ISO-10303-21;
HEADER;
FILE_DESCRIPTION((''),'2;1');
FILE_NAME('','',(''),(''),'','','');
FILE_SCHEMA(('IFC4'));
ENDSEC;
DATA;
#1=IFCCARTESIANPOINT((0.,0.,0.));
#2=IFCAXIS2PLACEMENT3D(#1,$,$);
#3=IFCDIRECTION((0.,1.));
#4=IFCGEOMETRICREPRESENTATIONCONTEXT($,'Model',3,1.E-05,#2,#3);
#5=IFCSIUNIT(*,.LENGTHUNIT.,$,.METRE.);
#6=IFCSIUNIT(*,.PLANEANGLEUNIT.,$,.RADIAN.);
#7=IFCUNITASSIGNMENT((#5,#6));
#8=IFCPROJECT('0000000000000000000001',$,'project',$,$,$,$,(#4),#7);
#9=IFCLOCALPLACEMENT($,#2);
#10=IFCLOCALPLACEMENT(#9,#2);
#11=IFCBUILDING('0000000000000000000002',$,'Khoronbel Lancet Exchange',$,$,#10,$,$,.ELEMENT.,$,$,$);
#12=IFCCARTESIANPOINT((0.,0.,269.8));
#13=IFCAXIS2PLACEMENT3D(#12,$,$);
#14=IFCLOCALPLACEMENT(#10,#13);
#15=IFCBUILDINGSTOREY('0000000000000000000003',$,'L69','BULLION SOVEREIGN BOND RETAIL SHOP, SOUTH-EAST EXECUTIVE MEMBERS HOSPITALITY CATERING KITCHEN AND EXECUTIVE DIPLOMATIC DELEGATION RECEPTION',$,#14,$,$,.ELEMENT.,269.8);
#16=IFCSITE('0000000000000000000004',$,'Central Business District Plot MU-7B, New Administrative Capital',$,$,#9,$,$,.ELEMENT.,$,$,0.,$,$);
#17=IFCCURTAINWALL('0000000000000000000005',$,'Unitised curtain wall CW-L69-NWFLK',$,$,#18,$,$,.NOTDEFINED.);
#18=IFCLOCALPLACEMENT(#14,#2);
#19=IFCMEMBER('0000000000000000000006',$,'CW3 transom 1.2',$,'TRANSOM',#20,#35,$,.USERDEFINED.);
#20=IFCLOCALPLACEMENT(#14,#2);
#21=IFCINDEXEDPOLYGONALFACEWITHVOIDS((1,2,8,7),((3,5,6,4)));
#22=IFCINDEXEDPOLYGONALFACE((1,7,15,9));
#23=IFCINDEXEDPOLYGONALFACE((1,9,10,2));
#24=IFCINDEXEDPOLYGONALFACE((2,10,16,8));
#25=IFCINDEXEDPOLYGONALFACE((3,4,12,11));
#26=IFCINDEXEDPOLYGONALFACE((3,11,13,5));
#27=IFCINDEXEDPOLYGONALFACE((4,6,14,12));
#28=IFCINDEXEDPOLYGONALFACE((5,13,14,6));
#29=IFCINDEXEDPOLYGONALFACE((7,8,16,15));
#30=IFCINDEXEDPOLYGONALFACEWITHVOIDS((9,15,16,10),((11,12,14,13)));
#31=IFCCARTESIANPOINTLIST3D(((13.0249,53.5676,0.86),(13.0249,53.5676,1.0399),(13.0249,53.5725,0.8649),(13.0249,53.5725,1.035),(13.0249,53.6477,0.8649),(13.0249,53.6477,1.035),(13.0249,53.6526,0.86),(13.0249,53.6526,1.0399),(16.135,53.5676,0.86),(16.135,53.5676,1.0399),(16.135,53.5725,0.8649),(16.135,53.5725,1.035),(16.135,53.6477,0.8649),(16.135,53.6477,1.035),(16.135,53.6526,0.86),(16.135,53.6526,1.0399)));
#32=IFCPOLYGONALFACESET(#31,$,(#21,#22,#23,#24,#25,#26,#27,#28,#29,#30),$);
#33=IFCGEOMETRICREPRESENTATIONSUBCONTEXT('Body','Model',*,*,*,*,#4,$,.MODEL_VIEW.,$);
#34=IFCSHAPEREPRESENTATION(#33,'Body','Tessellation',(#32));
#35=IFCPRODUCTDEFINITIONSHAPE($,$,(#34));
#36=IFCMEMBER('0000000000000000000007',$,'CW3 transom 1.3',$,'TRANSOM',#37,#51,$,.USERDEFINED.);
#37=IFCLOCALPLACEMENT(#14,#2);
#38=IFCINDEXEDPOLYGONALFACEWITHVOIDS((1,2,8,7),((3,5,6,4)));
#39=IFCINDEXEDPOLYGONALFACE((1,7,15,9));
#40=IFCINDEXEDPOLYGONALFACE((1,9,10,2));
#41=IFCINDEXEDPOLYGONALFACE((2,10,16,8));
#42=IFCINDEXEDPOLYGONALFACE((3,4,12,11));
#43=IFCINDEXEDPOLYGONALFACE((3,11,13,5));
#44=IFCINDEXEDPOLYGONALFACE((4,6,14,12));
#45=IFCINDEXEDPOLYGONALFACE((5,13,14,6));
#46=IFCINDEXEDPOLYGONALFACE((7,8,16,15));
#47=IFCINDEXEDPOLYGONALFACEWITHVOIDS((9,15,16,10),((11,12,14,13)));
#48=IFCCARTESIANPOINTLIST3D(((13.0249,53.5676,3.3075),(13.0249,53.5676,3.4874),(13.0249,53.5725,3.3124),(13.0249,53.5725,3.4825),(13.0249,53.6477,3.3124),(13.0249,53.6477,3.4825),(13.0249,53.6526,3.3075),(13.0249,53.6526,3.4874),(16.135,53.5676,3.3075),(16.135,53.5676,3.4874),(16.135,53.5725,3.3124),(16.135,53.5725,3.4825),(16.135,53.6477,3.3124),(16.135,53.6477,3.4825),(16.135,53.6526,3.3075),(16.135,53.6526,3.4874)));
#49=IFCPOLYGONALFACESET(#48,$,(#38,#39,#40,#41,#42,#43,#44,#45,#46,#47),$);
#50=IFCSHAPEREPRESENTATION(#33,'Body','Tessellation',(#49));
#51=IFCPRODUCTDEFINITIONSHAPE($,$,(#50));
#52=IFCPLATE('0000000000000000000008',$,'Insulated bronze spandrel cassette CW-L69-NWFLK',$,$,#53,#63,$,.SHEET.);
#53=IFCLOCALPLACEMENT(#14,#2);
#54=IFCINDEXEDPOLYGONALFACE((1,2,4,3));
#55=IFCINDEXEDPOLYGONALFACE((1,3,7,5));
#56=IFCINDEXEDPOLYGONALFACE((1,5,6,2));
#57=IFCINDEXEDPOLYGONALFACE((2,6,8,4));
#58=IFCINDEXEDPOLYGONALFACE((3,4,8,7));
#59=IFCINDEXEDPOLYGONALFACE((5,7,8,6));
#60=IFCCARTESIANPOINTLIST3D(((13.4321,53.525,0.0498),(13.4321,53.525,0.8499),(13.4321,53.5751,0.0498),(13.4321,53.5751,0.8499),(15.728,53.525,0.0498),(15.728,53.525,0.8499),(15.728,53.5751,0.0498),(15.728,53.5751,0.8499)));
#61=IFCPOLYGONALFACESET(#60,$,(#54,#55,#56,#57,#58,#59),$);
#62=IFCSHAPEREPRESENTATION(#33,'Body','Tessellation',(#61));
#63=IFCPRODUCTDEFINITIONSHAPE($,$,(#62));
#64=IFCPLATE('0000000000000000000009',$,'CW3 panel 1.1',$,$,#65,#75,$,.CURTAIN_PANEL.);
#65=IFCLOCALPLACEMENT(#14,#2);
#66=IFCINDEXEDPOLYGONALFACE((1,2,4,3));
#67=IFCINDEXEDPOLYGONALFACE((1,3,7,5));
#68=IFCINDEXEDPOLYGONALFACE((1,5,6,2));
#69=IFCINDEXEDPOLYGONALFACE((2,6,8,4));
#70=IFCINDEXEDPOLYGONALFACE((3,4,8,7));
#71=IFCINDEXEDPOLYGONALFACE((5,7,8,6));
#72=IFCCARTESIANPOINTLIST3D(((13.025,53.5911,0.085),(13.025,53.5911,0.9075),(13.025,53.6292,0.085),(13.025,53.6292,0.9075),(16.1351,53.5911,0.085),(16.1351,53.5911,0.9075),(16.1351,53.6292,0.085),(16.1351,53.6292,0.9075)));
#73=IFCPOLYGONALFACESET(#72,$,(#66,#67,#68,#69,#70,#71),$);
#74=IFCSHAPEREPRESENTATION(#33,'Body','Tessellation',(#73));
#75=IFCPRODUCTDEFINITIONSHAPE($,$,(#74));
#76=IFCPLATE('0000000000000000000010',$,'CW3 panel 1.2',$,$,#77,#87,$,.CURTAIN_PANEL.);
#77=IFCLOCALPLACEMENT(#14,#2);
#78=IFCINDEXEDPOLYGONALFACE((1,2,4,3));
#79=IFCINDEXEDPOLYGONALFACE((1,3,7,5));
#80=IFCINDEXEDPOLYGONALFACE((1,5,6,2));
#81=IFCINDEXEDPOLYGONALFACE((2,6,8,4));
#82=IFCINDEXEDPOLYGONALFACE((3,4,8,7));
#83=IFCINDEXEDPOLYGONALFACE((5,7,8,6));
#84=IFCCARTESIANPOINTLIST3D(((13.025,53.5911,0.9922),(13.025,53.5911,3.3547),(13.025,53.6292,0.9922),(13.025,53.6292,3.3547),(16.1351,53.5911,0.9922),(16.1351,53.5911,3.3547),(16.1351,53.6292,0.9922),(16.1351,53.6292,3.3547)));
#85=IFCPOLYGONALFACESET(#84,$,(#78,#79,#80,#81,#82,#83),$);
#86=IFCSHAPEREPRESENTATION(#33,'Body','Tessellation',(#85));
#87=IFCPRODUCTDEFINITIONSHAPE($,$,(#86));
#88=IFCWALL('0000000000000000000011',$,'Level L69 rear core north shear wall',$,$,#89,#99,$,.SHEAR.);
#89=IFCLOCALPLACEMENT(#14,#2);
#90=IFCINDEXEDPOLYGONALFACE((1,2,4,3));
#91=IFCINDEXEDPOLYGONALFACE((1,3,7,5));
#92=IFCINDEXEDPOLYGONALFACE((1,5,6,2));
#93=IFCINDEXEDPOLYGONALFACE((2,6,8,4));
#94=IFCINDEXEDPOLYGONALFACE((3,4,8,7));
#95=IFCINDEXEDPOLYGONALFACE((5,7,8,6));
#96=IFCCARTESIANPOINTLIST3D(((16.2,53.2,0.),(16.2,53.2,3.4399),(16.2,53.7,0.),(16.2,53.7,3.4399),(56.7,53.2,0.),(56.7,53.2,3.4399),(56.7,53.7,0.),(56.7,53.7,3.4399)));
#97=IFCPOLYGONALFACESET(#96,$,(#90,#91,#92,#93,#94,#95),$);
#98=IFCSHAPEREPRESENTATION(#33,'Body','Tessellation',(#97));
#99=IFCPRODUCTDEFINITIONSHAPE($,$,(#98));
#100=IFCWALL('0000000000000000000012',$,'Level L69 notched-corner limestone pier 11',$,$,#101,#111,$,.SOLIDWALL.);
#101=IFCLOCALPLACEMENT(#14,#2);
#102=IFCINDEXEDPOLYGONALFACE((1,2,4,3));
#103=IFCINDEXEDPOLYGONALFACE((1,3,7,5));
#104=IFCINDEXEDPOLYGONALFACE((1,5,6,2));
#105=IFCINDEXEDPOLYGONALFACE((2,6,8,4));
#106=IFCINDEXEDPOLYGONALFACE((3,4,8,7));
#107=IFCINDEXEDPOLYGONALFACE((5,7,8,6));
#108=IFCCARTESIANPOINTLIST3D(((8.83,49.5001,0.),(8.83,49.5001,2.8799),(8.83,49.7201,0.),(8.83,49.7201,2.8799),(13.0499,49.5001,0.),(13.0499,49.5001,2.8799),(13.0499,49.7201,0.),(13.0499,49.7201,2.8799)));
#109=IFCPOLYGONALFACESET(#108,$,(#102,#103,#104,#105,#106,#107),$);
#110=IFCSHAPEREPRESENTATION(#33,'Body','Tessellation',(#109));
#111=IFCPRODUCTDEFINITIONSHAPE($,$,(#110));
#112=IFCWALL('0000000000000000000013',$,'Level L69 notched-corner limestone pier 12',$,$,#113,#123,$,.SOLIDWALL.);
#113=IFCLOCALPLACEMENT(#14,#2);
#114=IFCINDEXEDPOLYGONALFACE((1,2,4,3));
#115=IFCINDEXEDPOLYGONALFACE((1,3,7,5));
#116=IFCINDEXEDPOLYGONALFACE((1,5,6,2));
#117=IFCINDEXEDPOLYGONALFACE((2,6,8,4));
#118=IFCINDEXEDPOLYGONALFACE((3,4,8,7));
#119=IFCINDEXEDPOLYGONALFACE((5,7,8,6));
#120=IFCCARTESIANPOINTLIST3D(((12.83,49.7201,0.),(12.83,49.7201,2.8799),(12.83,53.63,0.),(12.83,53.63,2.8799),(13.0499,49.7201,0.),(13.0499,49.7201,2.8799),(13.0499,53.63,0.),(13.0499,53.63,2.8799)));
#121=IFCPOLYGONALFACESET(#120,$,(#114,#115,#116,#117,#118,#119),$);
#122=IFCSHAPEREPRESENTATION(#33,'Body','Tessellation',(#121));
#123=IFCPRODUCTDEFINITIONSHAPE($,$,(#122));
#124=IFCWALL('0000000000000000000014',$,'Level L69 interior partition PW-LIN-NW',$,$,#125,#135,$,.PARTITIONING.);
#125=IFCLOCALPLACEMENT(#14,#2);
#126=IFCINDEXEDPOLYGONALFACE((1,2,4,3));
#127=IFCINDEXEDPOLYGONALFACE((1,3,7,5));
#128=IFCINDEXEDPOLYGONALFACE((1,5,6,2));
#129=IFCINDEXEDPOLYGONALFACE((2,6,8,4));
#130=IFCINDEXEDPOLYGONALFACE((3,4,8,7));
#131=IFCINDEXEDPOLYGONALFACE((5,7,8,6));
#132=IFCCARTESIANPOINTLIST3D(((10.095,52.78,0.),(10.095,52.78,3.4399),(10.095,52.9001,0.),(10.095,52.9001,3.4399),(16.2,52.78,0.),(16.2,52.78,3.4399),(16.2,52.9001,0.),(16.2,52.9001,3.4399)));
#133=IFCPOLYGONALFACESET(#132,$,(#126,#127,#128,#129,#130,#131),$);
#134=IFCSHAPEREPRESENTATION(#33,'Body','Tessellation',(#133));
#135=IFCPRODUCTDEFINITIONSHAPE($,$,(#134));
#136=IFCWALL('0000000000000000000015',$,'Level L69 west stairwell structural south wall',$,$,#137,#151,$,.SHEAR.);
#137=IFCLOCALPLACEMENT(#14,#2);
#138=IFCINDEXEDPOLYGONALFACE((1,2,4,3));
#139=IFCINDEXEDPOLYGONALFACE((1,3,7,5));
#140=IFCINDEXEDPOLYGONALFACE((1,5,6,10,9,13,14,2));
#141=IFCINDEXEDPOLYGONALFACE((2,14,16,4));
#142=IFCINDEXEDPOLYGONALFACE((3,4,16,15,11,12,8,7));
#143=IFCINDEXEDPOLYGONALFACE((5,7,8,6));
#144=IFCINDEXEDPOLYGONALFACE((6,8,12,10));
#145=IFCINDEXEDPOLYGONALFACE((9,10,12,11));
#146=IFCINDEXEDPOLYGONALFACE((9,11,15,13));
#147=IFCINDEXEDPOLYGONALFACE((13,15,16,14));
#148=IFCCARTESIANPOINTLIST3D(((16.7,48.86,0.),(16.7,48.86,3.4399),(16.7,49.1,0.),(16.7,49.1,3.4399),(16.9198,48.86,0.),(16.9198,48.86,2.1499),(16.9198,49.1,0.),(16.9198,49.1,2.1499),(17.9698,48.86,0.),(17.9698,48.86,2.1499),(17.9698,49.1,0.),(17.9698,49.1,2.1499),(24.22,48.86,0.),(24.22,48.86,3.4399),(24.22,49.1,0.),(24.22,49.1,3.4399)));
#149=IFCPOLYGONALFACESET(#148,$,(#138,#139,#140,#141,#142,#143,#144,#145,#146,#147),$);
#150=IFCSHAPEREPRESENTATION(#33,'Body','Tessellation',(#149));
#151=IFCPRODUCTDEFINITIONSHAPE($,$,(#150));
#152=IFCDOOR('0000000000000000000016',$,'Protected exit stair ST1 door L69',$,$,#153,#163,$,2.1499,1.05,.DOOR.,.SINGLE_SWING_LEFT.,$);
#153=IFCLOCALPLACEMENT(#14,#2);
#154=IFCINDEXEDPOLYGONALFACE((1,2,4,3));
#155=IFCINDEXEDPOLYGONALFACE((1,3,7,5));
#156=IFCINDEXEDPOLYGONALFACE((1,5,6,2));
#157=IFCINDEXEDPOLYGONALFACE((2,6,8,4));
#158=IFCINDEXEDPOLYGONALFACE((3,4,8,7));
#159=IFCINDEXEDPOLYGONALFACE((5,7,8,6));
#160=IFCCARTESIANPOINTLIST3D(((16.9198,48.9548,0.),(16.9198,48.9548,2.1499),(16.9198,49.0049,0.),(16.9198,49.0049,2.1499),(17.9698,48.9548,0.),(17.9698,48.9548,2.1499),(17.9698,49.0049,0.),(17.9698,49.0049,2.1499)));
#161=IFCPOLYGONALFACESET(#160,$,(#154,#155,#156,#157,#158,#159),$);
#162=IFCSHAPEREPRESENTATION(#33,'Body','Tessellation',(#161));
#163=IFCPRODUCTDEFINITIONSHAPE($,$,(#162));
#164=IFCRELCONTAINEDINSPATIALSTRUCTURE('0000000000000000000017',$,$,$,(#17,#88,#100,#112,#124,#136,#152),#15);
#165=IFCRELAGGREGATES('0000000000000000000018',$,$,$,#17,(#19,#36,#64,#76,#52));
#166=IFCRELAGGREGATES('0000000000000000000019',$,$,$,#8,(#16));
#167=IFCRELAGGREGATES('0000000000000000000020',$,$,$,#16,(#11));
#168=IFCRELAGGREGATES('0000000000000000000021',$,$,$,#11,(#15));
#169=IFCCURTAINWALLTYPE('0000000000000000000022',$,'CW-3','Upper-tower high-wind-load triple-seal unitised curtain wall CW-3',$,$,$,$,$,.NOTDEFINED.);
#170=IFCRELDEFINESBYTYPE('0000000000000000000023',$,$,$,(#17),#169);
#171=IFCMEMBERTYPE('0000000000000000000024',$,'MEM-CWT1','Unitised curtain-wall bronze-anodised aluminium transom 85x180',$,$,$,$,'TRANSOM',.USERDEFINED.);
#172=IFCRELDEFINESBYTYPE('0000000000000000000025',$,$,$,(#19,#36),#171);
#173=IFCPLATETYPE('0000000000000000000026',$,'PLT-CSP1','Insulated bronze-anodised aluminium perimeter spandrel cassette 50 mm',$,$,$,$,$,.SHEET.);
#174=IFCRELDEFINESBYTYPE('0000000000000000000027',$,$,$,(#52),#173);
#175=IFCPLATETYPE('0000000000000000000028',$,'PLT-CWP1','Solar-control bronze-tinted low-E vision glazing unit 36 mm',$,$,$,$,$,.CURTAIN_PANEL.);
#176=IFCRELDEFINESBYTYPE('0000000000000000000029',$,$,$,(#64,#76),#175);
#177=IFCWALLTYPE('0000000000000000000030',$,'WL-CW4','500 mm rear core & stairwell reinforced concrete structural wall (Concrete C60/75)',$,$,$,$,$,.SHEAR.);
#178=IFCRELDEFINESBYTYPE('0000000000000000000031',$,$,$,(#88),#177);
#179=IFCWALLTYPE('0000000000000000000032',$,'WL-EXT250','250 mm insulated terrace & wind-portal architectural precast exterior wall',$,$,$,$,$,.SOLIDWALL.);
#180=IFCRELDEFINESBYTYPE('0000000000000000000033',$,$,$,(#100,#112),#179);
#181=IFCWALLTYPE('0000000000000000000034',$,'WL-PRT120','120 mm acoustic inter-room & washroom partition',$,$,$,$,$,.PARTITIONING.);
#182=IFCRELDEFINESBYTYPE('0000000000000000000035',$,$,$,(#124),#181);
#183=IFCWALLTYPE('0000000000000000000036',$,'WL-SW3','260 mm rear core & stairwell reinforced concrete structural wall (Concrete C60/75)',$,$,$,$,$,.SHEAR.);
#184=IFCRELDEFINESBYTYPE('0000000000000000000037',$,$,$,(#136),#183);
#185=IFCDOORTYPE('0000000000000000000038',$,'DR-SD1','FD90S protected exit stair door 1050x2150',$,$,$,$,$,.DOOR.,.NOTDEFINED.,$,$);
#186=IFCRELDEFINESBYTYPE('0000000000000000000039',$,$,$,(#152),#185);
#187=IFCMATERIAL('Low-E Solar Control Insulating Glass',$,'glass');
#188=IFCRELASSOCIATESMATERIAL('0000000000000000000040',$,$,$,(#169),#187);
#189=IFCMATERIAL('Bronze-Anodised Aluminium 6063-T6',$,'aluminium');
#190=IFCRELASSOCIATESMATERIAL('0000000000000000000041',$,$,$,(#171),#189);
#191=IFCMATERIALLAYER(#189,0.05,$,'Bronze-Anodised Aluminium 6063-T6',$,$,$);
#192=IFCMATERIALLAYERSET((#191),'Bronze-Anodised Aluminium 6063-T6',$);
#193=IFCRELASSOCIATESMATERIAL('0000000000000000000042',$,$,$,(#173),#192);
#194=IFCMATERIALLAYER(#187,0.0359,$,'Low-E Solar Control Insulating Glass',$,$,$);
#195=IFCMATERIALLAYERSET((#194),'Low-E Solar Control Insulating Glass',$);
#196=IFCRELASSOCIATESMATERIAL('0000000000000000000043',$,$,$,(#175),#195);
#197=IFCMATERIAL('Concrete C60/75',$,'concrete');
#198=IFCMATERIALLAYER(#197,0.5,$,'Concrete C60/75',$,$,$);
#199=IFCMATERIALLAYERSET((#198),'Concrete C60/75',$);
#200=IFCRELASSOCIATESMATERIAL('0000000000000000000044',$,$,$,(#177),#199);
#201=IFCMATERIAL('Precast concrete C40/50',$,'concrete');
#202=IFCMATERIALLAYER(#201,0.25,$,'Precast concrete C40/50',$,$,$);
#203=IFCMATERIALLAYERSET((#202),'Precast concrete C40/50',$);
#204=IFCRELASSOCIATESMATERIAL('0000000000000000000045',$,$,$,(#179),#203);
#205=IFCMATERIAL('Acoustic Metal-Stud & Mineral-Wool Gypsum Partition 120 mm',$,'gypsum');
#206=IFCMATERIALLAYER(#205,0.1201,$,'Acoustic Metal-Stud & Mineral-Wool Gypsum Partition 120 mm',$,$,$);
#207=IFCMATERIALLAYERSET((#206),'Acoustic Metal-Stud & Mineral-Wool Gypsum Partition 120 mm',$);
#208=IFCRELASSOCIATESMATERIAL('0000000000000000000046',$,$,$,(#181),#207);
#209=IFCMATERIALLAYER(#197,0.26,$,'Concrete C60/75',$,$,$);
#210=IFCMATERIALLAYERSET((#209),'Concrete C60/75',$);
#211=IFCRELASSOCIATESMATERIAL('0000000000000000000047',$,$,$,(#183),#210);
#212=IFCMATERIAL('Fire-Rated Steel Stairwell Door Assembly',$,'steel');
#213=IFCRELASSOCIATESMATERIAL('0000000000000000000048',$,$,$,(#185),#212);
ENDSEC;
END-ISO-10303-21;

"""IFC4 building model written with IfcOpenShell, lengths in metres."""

from ifc_helpers import new_model, si_unit, direction, frame, frame_2d, origin, origin_2d, place, context, subcontext, project, spatial, rectangle, hollow_rectangle, extrude, material, layer, layer_set, material_profile, profile_set, type_object, element, fill, aggregate, save


model = new_model("IFC4")

# Units and contexts
model_context = context("Model", 3, precision=1e-05, world=origin(), true_north=direction((0.0, 1.0)))
body_context = subcontext(model_context, "Body", "Model", "MODEL_VIEW")
ifc_project = project(units=[si_unit("LENGTHUNIT", "METRE"), si_unit("PLANEANGLEUNIT", "RADIAN")], contexts=[model_context])

# Site, building, storey
site_placement = place(None, origin())
site = spatial("IfcSite", under=ifc_project, at=site_placement, Name="Central Business District Plot MU-7B, New Administrative Capital", CompositionType="ELEMENT", RefElevation=0.0)
building_placement = place(site_placement, origin())
building = spatial("IfcBuilding", under=site, at=building_placement, Name="Khoronbel Lancet Exchange", CompositionType="ELEMENT")
storey_placement = place(building_placement, frame((0.0, 0.0, 269.8)))
storey = spatial("IfcBuildingStorey", under=building, at=storey_placement, Name="L69", Description="BULLION SOVEREIGN BOND RETAIL SHOP, SOUTH-EAST EXECUTIVE MEMBERS HOSPITALITY CATERING KITCHEN AND EXECUTIVE DIPLOMATIC DELEGATION RECEPTION", CompositionType="ELEMENT", Elevation=269.8)

# Curtain wall, members, plates
ifc_material_1 = material(Name="Low-E Solar Control Insulating Glass", Category="glass")
curtain_wall_type = type_object("IfcCurtainWallType", Name="CW-3", Description="Upper-tower high-wind-load triple-seal unitised curtain wall CW-3", PredefinedType="NOTDEFINED", material=ifc_material_1)
curtain_wall_placement = place(storey_placement, origin())
curtain_wall = element("IfcCurtainWall", 1, at=curtain_wall_placement, inside=storey, type_object=curtain_wall_type, Name="Unitised curtain wall CW-L69-NWFLK", PredefinedType="NOTDEFINED")
ifc_material_2 = material(Name="Bronze-Anodised Aluminium 6063-T6", Category="aluminium")
ifc_material_profile_1 = material_profile(ifc_material_2, hollow_rectangle(XDim=0.085, YDim=0.1799, WallThickness=0.0049, at=origin_2d()), Name="ALU TRANSOM 85x180")
ifc_profile_set_1 = profile_set([ifc_material_profile_1], Name="Bronze-Anodised Aluminium 6063-T6")
member_type_1 = type_object("IfcMemberType", Name="MEM-CWT1", Description="Unitised curtain-wall bronze-anodised aluminium transom 85x180", ElementType="TRANSOM", PredefinedType="USERDEFINED", material=ifc_profile_set_1)
member_1_placement = place(storey_placement, frame((16.135, 53.6101, 0.95), z_axis=(-1.0, 0.0, 0.0), x_axis=(0.0, -1.0, 0.0)))
member_1 = element("IfcMember", 2, at=member_1_placement, type_object=member_type_1, Name="CW3 transom 1.2", ObjectType="TRANSOM", PredefinedType="USERDEFINED", context=body_context, shape_type="SweptSolid", body=[
    extrude(hollow_rectangle(XDim=0.085, YDim=0.1799, WallThickness=0.0049, at=origin_2d()), origin(), (0.0, 0.0, 1.0), 3.1101),
])
member_2_placement = place(storey_placement, frame((16.135, 53.6101, 3.3975), z_axis=(-1.0, 0.0, 0.0), x_axis=(0.0, -1.0, 0.0)))
member_2 = element("IfcMember", 3, at=member_2_placement, type_object=member_type_1, Name="CW3 transom 1.3", ObjectType="TRANSOM", PredefinedType="USERDEFINED", context=body_context, shape_type="SweptSolid", body=[
    extrude(hollow_rectangle(XDim=0.085, YDim=0.1799, WallThickness=0.0049, at=origin_2d()), origin(), (0.0, 0.0, 1.0), 3.1101),
])
ifc_layer_1 = layer(ifc_material_2, 0.05, Name="Bronze-Anodised Aluminium 6063-T6")
ifc_layer_set_1 = layer_set([ifc_layer_1], Name="Bronze-Anodised Aluminium 6063-T6")
plate_type_1 = type_object("IfcPlateType", Name="PLT-CSP1", Description="Insulated bronze-anodised aluminium perimeter spandrel cassette 50 mm", PredefinedType="SHEET", material=ifc_layer_set_1)
plate_1_placement = place(storey_placement, frame((14.5801, 53.55, 0.0498), z_axis=(0.0, 0.0, 1.0), x_axis=(-1.0, 0.0, 0.0)))
plate_1 = element("IfcPlate", 4, at=plate_1_placement, type_object=plate_type_1, Name="Insulated bronze spandrel cassette CW-L69-NWFLK", PredefinedType="SHEET", context=body_context, shape_type="SweptSolid", body=[
    extrude(rectangle(XDim=2.2959, YDim=0.05, at=origin_2d()), origin(), (0.0, 0.0, 1.0), 0.8),
])
ifc_layer_2 = layer(ifc_material_1, 0.0359, Name="Low-E Solar Control Insulating Glass")
ifc_layer_set_2 = layer_set([ifc_layer_2], Name="Low-E Solar Control Insulating Glass")
plate_type_2 = type_object("IfcPlateType", Name="PLT-CWP1", Description="Solar-control bronze-tinted low-E vision glazing unit 36 mm", PredefinedType="CURTAIN_PANEL", material=ifc_layer_set_2)
plate_2_placement = place(storey_placement, frame((14.5801, 53.6101, 0.085), z_axis=(0.0, 0.0, 1.0), x_axis=(-1.0, 0.0, 0.0)))
plate_2 = element("IfcPlate", 5, at=plate_2_placement, type_object=plate_type_2, Name="CW3 panel 1.1", PredefinedType="CURTAIN_PANEL", context=body_context, shape_type="SweptSolid", body=[
    extrude(rectangle(XDim=3.1101, YDim=0.0381, at=origin_2d()), origin(), (0.0, 0.0, 1.0), 0.8225),
])
plate_3_placement = place(storey_placement, frame((14.5801, 53.6101, 0.9922), z_axis=(0.0, 0.0, 1.0), x_axis=(-1.0, 0.0, 0.0)))
plate_3 = element("IfcPlate", 6, at=plate_3_placement, type_object=plate_type_2, Name="CW3 panel 1.2", PredefinedType="CURTAIN_PANEL", context=body_context, shape_type="SweptSolid", body=[
    extrude(rectangle(XDim=3.1101, YDim=0.0381, at=origin_2d()), origin(), (0.0, 0.0, 1.0), 2.3625),
])
aggregate(curtain_wall, [member_1, member_2, plate_2, plate_3, plate_1])

# Walls
ifc_material_3 = material(Name="Concrete C60/75", Category="concrete")
ifc_layer_3 = layer(ifc_material_3, 0.5, Name="Concrete C60/75")
ifc_layer_set_3 = layer_set([ifc_layer_3], Name="Concrete C60/75")
wall_type_1 = type_object("IfcWallType", Name="WL-CW4", Description="500 mm rear core & stairwell reinforced concrete structural wall (Concrete C60/75)", PredefinedType="SHEAR", material=ifc_layer_set_3)
wall_1_placement = place(storey_placement, frame((16.2, 53.45, 0.0), z_axis=(0.0, 0.0, 1.0), x_axis=(1.0, 0.0, 0.0)))
element("IfcWall", 7, at=wall_1_placement, inside=storey, type_object=wall_type_1, Name="Level L69 rear core north shear wall", PredefinedType="SHEAR", context=body_context, shape_type="SweptSolid", body=[
    extrude(rectangle(XDim=40.5, YDim=0.5, at=frame_2d((20.25, 0.0))), origin(), (0.0, 0.0, 1.0), 3.4399),
])
ifc_material_4 = material(Name="Precast concrete C40/50", Category="concrete")
ifc_layer_4 = layer(ifc_material_4, 0.25, Name="Precast concrete C40/50")
ifc_layer_set_4 = layer_set([ifc_layer_4], Name="Precast concrete C40/50")
wall_type_2 = type_object("IfcWallType", Name="WL-EXT250", Description="250 mm insulated terrace & wind-portal architectural precast exterior wall", PredefinedType="SOLIDWALL", material=ifc_layer_set_4)
wall_2_placement = place(storey_placement, frame((8.8301, 49.6101, 0.0), z_axis=(0.0, 0.0, 1.0), x_axis=(1.0, 0.0, 0.0)))
element("IfcWall", 8, at=wall_2_placement, inside=storey, type_object=wall_type_2, Name="Level L69 notched-corner limestone pier 11", PredefinedType="SOLIDWALL", context=body_context, shape_type="SweptSolid", body=[
    extrude(rectangle(XDim=4.22, YDim=0.22, at=frame_2d((2.1099, 0.0))), origin(), (0.0, 0.0, 1.0), 2.8799),
])
wall_3_placement = place(storey_placement, frame((12.9399, 49.72, 0.0), z_axis=(0.0, 0.0, 1.0), x_axis=(0.0, 1.0, 0.0)))
element("IfcWall", 9, at=wall_3_placement, inside=storey, type_object=wall_type_2, Name="Level L69 notched-corner limestone pier 12", PredefinedType="SOLIDWALL", context=body_context, shape_type="SweptSolid", body=[
    extrude(rectangle(XDim=3.9099, YDim=0.22, at=frame_2d((1.9551, 0.0))), origin(), (0.0, 0.0, 1.0), 2.8799),
])
ifc_material_5 = material(Name="Acoustic Metal-Stud & Mineral-Wool Gypsum Partition 120 mm", Category="gypsum")
ifc_layer_5 = layer(ifc_material_5, 0.1201, Name="Acoustic Metal-Stud & Mineral-Wool Gypsum Partition 120 mm")
ifc_layer_set_5 = layer_set([ifc_layer_5], Name="Acoustic Metal-Stud & Mineral-Wool Gypsum Partition 120 mm")
wall_type_3 = type_object("IfcWallType", Name="WL-PRT120", Description="120 mm acoustic inter-room & washroom partition", PredefinedType="PARTITIONING", material=ifc_layer_set_5)
wall_4_placement = place(storey_placement, frame((10.095, 52.8401, 0.0), z_axis=(0.0, 0.0, 1.0), x_axis=(1.0, 0.0, 0.0)))
element("IfcWall", 10, at=wall_4_placement, inside=storey, type_object=wall_type_3, Name="Level L69 interior partition PW-LIN-NW", PredefinedType="PARTITIONING", context=body_context, shape_type="SweptSolid", body=[
    extrude(rectangle(XDim=6.105, YDim=0.1201, at=frame_2d((3.0525, 0.0))), origin(), (0.0, 0.0, 1.0), 3.4399),
])

# Wall, opening, door
ifc_layer_6 = layer(ifc_material_3, 0.26, Name="Concrete C60/75")
ifc_layer_set_6 = layer_set([ifc_layer_6], Name="Concrete C60/75")
wall_type_4 = type_object("IfcWallType", Name="WL-SW3", Description="260 mm rear core & stairwell reinforced concrete structural wall (Concrete C60/75)", PredefinedType="SHEAR", material=ifc_layer_set_6)
wall_5_placement = place(storey_placement, frame((16.7, 48.98, 0.0), z_axis=(0.0, 0.0, 1.0), x_axis=(1.0, 0.0, 0.0)))
wall_5 = element("IfcWall", 11, at=wall_5_placement, inside=storey, type_object=wall_type_4, Name="Level L69 west stairwell structural south wall", PredefinedType="SHEAR", context=body_context, shape_type="SweptSolid", body=[
    extrude(rectangle(XDim=7.52, YDim=0.24, at=frame_2d((3.76, 0.0))), origin(), (0.0, 0.0, 1.0), 3.4399),
])
opening_placement = place(wall_5_placement, frame((0.22, 0.0, 0.0)))
opening = element("IfcOpeningElement", 12, at=opening_placement, cuts=wall_5, PredefinedType="OPENING", context=body_context, shape_type="SweptSolid", body=[
    extrude(rectangle(XDim=1.05, YDim=2.1499, at=frame_2d((0.5249, 1.075))), frame((0.0, 0.1299, 0.0), z_axis=(0.0, -1.0, 0.0), x_axis=(1.0, 0.0, 0.0)), (0.0, 0.0, 1.0), 0.26),
])
ifc_material_6 = material(Name="Fire-Rated Steel Stairwell Door Assembly", Category="steel")
door_type = type_object("IfcDoorType", Name="DR-SD1", Description="FD90S protected exit stair door 1050x2150", OperationType="NOTDEFINED", PredefinedType="DOOR", material=ifc_material_6)
door_placement = place(opening_placement, origin())
door = element("IfcDoor", 13, at=door_placement, inside=storey, type_object=door_type, Name="Protected exit stair ST1 door L69", OperationType="SINGLE_SWING_LEFT", OverallHeight=2.1499, OverallWidth=1.05, PredefinedType="DOOR", context=body_context, shape_type="SweptSolid", body=[
    extrude(rectangle(XDim=1.05, YDim=2.1499, at=frame_2d((0.5249, 1.075))), frame((0.0, 0.0249, 0.0), z_axis=(0.0, -1.0, 0.0), x_axis=(1.0, 0.0, 0.0)), (0.0, 0.0, 1.0), 0.05),
])
fill(opening, door)

save(model, "model.ifc")
